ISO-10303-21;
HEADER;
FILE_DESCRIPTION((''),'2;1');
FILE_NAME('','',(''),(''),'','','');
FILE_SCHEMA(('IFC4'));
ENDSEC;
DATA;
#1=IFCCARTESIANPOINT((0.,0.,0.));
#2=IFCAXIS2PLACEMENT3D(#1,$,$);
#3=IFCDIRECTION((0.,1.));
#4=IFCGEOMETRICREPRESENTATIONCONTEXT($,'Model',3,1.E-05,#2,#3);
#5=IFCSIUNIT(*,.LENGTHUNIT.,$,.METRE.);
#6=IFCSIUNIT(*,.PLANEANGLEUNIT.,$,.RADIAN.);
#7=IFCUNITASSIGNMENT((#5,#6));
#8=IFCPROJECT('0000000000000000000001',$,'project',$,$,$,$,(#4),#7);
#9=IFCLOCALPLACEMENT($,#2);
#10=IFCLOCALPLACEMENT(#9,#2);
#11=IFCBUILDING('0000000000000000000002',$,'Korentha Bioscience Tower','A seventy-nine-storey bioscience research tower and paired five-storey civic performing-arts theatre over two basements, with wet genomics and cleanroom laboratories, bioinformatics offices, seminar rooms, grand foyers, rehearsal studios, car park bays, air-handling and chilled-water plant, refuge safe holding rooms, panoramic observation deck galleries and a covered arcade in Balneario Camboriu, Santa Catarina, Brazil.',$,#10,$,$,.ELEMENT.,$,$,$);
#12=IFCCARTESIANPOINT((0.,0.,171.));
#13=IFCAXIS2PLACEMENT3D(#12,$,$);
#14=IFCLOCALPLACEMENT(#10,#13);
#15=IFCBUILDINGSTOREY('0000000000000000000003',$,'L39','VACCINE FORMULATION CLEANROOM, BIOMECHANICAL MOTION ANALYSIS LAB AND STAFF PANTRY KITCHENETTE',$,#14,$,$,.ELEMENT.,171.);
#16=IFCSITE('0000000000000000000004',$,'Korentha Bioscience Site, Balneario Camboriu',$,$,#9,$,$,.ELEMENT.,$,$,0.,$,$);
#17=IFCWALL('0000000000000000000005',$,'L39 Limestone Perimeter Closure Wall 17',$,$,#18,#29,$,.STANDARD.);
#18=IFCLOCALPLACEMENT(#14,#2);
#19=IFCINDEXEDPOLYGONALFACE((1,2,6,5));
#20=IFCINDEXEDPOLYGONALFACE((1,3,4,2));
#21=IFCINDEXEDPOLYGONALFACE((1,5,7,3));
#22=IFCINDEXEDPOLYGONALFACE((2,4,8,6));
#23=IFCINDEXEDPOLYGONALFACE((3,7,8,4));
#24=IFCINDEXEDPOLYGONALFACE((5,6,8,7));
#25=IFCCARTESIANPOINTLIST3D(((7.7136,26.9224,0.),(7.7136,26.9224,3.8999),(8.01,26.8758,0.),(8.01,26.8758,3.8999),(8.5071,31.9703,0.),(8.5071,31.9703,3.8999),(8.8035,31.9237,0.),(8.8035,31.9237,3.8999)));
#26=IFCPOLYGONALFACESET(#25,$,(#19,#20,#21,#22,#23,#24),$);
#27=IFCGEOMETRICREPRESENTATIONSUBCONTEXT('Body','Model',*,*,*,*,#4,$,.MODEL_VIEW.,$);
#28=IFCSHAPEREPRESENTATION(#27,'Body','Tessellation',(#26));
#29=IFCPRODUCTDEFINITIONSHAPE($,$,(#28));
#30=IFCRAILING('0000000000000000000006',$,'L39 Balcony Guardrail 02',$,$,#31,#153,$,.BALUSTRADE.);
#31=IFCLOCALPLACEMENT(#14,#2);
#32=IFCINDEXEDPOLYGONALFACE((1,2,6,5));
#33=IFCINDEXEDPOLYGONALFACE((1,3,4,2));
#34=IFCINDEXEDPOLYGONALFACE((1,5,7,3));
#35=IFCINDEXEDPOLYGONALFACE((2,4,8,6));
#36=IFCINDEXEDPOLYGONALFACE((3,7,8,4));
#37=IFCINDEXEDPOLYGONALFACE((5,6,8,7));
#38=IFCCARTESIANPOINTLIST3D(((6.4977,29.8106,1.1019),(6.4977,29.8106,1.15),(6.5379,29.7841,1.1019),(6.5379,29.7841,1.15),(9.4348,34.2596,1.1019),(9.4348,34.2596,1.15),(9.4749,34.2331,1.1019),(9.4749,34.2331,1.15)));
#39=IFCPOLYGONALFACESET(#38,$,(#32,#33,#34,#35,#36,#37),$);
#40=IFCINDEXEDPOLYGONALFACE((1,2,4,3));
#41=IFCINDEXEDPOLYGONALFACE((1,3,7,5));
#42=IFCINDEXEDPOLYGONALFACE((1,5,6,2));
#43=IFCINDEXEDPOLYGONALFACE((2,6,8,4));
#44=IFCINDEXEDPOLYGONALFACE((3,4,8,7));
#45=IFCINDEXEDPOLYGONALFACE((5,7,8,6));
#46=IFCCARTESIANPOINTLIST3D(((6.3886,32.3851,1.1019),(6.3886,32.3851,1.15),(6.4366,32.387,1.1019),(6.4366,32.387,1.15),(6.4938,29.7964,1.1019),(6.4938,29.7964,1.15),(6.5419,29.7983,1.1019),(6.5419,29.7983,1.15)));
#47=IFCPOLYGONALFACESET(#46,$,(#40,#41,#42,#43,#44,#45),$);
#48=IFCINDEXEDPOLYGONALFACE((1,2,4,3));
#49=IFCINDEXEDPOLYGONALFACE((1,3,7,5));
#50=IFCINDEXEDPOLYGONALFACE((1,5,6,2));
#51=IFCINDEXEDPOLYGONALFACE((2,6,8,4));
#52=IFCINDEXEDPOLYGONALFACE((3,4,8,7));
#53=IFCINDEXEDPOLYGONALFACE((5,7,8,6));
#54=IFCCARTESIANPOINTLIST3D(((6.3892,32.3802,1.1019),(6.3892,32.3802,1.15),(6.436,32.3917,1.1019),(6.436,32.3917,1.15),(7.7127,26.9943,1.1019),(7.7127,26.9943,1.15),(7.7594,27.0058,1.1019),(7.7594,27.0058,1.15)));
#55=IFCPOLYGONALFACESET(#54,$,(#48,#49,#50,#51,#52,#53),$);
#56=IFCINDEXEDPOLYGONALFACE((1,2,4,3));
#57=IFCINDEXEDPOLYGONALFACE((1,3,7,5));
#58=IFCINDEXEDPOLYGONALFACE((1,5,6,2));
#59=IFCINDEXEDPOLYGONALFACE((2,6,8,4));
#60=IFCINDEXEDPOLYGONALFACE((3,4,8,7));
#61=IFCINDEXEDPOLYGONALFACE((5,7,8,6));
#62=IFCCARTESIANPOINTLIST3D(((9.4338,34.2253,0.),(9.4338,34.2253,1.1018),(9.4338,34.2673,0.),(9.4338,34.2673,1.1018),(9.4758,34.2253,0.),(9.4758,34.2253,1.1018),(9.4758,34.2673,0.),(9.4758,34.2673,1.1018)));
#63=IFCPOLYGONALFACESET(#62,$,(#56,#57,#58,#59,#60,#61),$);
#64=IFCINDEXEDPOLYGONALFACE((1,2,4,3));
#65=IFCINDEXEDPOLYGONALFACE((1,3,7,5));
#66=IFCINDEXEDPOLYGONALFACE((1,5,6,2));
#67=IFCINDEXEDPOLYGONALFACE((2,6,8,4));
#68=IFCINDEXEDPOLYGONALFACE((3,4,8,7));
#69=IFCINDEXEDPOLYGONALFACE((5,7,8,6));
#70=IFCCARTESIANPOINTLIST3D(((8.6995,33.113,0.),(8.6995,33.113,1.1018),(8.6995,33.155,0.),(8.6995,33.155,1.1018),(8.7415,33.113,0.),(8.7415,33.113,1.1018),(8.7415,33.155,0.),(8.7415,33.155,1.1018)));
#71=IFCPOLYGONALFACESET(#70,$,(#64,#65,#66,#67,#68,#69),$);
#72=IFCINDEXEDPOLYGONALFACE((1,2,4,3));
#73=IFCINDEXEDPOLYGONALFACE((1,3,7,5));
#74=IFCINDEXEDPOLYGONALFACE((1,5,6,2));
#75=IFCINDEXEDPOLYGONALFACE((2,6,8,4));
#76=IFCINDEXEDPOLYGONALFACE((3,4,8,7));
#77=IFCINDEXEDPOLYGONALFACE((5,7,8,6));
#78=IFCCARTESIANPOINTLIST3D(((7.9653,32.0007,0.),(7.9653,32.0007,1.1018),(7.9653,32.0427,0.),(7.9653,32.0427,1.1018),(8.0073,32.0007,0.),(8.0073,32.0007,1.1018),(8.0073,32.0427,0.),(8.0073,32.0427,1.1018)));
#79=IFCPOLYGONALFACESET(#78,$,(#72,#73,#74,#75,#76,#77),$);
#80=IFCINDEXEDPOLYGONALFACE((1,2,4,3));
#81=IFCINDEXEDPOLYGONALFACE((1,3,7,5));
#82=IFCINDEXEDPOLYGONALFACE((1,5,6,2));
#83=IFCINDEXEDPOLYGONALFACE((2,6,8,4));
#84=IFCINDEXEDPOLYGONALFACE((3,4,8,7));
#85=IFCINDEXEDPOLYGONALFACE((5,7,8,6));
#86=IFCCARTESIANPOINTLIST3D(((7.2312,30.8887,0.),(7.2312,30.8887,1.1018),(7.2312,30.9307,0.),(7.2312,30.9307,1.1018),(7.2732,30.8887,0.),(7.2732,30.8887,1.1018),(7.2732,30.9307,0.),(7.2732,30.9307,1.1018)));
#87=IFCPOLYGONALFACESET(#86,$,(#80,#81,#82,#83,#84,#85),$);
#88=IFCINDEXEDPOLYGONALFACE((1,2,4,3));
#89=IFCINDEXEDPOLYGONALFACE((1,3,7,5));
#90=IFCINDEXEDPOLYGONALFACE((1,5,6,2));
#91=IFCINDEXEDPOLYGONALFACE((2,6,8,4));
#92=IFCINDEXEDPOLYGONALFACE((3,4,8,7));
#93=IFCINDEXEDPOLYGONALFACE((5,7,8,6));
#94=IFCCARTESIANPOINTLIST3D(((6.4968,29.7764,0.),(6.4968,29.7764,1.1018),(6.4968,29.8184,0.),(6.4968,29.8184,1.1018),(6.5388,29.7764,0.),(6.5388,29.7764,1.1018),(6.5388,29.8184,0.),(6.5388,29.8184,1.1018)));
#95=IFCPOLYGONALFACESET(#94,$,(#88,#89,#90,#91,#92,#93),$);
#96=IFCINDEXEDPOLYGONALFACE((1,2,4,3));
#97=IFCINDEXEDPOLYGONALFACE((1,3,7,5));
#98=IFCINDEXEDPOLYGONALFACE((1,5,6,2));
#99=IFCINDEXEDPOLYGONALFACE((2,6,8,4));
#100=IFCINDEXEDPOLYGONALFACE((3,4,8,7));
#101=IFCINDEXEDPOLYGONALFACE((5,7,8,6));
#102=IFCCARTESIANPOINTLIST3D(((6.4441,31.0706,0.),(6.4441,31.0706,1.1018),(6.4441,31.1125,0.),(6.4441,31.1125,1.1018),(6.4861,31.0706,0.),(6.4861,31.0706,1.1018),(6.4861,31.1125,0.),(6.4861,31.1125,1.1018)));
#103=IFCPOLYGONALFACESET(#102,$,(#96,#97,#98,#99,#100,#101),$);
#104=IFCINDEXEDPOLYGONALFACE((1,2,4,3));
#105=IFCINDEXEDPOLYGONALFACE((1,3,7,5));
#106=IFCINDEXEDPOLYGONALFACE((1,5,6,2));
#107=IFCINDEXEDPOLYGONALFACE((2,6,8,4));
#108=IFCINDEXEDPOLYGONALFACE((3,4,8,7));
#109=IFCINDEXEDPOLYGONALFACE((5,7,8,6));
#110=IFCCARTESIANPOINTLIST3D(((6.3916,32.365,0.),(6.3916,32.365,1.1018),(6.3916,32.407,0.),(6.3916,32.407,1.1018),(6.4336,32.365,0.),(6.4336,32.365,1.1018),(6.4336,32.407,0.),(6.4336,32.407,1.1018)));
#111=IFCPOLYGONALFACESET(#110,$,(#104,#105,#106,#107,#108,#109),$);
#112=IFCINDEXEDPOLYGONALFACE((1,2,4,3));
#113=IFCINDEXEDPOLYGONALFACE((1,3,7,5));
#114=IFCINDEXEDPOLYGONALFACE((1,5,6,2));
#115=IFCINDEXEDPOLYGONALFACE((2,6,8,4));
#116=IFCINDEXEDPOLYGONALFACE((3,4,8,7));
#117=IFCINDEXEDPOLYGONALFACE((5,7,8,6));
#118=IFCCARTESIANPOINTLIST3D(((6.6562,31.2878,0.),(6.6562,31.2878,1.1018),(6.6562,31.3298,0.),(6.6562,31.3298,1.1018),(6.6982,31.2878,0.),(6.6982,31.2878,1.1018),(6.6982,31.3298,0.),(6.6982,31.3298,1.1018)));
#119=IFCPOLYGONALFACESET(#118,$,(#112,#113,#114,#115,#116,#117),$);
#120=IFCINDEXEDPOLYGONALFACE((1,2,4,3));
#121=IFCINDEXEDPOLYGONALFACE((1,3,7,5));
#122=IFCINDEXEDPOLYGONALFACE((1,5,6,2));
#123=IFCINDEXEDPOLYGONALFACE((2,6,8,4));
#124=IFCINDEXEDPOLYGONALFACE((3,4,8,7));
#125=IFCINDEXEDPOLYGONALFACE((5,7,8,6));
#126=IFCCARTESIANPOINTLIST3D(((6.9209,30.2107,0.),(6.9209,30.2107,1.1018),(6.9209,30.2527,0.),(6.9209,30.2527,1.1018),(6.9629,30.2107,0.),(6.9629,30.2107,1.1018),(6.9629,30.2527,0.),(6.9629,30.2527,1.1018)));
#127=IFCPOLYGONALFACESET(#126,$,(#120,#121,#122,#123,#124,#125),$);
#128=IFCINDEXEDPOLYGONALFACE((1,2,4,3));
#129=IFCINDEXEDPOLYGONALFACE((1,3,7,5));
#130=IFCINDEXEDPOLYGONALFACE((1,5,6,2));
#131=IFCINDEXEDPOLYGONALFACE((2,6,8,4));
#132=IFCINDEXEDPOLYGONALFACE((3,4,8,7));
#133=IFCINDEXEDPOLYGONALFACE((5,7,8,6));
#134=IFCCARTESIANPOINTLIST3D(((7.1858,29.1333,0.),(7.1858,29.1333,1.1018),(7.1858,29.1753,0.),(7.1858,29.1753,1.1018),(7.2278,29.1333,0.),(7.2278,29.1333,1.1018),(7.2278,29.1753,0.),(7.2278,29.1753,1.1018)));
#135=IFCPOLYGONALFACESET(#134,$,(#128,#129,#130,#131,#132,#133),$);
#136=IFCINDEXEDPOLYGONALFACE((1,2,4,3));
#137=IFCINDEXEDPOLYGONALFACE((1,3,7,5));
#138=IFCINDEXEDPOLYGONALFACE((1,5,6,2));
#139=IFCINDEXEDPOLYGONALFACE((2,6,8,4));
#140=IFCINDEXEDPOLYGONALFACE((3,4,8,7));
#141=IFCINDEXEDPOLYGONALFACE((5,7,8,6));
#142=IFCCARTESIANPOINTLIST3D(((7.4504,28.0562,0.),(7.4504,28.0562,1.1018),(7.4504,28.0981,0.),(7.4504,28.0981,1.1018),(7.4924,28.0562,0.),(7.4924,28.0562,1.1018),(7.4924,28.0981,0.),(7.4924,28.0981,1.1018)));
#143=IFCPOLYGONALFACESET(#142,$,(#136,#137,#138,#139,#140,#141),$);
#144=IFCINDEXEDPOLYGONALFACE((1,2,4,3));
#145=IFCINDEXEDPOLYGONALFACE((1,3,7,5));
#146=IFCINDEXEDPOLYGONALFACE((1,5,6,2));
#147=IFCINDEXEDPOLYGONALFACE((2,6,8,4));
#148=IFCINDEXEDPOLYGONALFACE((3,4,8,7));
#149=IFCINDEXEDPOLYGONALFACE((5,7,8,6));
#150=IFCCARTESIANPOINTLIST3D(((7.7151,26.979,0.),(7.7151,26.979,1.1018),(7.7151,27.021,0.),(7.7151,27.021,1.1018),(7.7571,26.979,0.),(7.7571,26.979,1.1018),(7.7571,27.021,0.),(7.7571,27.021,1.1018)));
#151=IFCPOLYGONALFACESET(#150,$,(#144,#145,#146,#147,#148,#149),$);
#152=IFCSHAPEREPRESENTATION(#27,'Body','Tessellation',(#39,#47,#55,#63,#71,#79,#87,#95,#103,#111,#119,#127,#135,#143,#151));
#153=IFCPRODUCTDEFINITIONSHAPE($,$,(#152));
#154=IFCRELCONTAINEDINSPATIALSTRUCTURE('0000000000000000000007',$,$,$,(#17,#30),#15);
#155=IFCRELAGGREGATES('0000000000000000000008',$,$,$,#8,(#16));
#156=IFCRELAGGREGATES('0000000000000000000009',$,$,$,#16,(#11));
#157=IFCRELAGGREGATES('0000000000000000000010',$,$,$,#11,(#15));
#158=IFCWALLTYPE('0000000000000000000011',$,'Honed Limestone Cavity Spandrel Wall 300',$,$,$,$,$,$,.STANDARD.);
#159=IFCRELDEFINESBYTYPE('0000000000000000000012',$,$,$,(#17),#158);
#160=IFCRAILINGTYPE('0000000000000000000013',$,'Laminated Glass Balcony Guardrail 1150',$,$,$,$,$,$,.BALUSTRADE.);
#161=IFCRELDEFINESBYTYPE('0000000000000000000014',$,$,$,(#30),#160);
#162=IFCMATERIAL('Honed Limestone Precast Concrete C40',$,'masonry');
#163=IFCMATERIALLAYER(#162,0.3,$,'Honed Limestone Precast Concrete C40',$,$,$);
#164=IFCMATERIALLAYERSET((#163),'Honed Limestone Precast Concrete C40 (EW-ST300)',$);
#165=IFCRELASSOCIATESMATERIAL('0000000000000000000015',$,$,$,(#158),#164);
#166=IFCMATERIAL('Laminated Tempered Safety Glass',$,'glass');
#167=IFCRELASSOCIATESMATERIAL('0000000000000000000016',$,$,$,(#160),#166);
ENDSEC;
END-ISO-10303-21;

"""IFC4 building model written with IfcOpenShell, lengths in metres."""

from ifc_helpers import new_model, si_unit, direction, frame, frame_2d, origin, origin_2d, place, context, subcontext, project, spatial, rectangle, extrude, material, layer, layer_set, type_object, element, save


model = new_model("IFC4")

# Units and contexts
model_context = context("Model", 3, precision=1e-05, world=origin(), true_north=direction((0.0, 1.0)))
body_context = subcontext(model_context, "Body", "Model", "MODEL_VIEW")
ifc_project = project(units=[si_unit("LENGTHUNIT", "METRE"), si_unit("PLANEANGLEUNIT", "RADIAN")], contexts=[model_context])

# Site, building, storey
site_placement = place(None, origin())
site = spatial("IfcSite", under=ifc_project, at=site_placement, Name="Korentha Bioscience Site, Balneario Camboriu", CompositionType="ELEMENT", RefElevation=0.0)
building_placement = place(site_placement, origin())
building = spatial("IfcBuilding", under=site, at=building_placement, Name="Korentha Bioscience Tower", Description="A seventy-nine-storey bioscience research tower and paired five-storey civic performing-arts theatre over two basements, with wet genomics and cleanroom laboratories, bioinformatics offices, seminar rooms, grand foyers, rehearsal studios, car park bays, air-handling and chilled-water plant, refuge safe holding rooms, panoramic observation deck galleries and a covered arcade in Balneario Camboriu, Santa Catarina, Brazil.", CompositionType="ELEMENT")
storey_placement = place(building_placement, frame((0.0, 0.0, 171.0)))
storey = spatial("IfcBuildingStorey", under=building, at=storey_placement, Name="L39", Description="VACCINE FORMULATION CLEANROOM, BIOMECHANICAL MOTION ANALYSIS LAB AND STAFF PANTRY KITCHENETTE", CompositionType="ELEMENT", Elevation=171.0)

# Shared definitions
ifc_material_1 = material(Name="Honed Limestone Precast Concrete C40", Category="masonry")
ifc_layer_1 = layer(ifc_material_1, 0.3, Name="Honed Limestone Precast Concrete C40")
ifc_layer_set_1 = layer_set([ifc_layer_1], Name="Honed Limestone Precast Concrete C40 (EW-ST300)")
wall_type_1 = type_object("IfcWallType", Name="Honed Limestone Cavity Spandrel Wall 300", PredefinedType="STANDARD", material=ifc_layer_set_1)

# Wall
wall_1_placement = place(storey_placement, frame((8.6553, 31.947, 0.0), z_axis=(0.0, 0.0, 1.0), x_axis=(-0.15528, -0.98787, 0.0)))
element("IfcWall", 1, at=wall_1_placement, inside=storey, type_object=wall_type_1, Name="L39 Limestone Perimeter Closure Wall 17", PredefinedType="STANDARD", context=body_context, shape_type="SweptSolid", body=[
    extrude(rectangle(XDim=5.1099, YDim=0.3, at=frame_2d((2.5549, 0.0))), origin(), (0.0, 0.0, 1.0), 3.8999),
])

# Railing
ifc_material_2 = material(Name="Laminated Tempered Safety Glass", Category="glass")
railing_type = type_object("IfcRailingType", Name="Laminated Glass Balcony Guardrail 1150", PredefinedType="BALUSTRADE", material=ifc_material_2)
railing_placement = place(storey_placement, frame((9.4548, 34.2463, 0.0)))
element("IfcRailing", 2, at=railing_placement, inside=storey, type_object=railing_type, Name="L39 Balcony Guardrail 02", PredefinedType="BALUSTRADE", context=body_context, shape_type="SweptSolid", body=[
    extrude(rectangle(XDim=0.0481, YDim=0.0481, at=origin_2d()), frame((0.0, 0.0, 1.126), z_axis=(-0.550932, -0.83455, 0.0), x_axis=(0.83455, -0.550932, 0.0)), (0.0, 0.0, 1.0), 5.3311),
    extrude(rectangle(XDim=0.0481, YDim=0.0481, at=origin_2d()), frame((-2.937, -4.449, 1.126), z_axis=(-0.040615, 0.999175, 0.0), x_axis=(-0.999175, -0.040615, 0.0)), (0.0, 0.0, 1.0), 2.5908),
    extrude(rectangle(XDim=0.0481, YDim=0.0481, at=origin_2d()), frame((-3.0422, -1.8604, 1.126), z_axis=(0.238629, -0.971111, 0.0), x_axis=(0.971111, 0.238629, 0.0)), (0.0, 0.0, 1.0), 5.5461),
    extrude(rectangle(XDim=0.042, YDim=0.042, at=origin_2d()), origin(), (0.0, 0.0, 1.0), 1.1018),
    extrude(rectangle(XDim=0.042, YDim=0.042, at=origin_2d()), frame((-0.7344, -1.1123, 0.0)), (0.0, 0.0, 1.0), 1.1018),
    extrude(rectangle(XDim=0.042, YDim=0.042, at=origin_2d()), frame((-1.4685, -2.2246, 0.0)), (0.0, 0.0, 1.0), 1.1018),
    extrude(rectangle(XDim=0.042, YDim=0.042, at=origin_2d()), frame((-2.2026, -3.3367, 0.0)), (0.0, 0.0, 1.0), 1.1018),
    extrude(rectangle(XDim=0.042, YDim=0.042, at=origin_2d()), frame((-2.937, -4.449, 0.0)), (0.0, 0.0, 1.0), 1.1018),
    extrude(rectangle(XDim=0.042, YDim=0.042, at=origin_2d()), frame((-2.9897, -3.1548, 0.0)), (0.0, 0.0, 1.0), 1.1018),
    extrude(rectangle(XDim=0.042, YDim=0.042, at=origin_2d()), frame((-3.0422, -1.8604, 0.0)), (0.0, 0.0, 1.0), 1.1018),
    extrude(rectangle(XDim=0.042, YDim=0.042, at=origin_2d()), frame((-2.7776, -2.9375, 0.0)), (0.0, 0.0, 1.0), 1.1018),
    extrude(rectangle(XDim=0.042, YDim=0.042, at=origin_2d()), frame((-2.5129, -4.0146, 0.0)), (0.0, 0.0, 1.0), 1.1018),
    extrude(rectangle(XDim=0.042, YDim=0.042, at=origin_2d()), frame((-2.248, -5.092, 0.0)), (0.0, 0.0, 1.0), 1.1018),
    extrude(rectangle(XDim=0.042, YDim=0.042, at=origin_2d()), frame((-1.9834, -6.1692, 0.0)), (0.0, 0.0, 1.0), 1.1018),
    extrude(rectangle(XDim=0.042, YDim=0.042, at=origin_2d()), frame((-1.7188, -7.2463, 0.0)), (0.0, 0.0, 1.0), 1.1018),
])

save(model, "model.ifc")
